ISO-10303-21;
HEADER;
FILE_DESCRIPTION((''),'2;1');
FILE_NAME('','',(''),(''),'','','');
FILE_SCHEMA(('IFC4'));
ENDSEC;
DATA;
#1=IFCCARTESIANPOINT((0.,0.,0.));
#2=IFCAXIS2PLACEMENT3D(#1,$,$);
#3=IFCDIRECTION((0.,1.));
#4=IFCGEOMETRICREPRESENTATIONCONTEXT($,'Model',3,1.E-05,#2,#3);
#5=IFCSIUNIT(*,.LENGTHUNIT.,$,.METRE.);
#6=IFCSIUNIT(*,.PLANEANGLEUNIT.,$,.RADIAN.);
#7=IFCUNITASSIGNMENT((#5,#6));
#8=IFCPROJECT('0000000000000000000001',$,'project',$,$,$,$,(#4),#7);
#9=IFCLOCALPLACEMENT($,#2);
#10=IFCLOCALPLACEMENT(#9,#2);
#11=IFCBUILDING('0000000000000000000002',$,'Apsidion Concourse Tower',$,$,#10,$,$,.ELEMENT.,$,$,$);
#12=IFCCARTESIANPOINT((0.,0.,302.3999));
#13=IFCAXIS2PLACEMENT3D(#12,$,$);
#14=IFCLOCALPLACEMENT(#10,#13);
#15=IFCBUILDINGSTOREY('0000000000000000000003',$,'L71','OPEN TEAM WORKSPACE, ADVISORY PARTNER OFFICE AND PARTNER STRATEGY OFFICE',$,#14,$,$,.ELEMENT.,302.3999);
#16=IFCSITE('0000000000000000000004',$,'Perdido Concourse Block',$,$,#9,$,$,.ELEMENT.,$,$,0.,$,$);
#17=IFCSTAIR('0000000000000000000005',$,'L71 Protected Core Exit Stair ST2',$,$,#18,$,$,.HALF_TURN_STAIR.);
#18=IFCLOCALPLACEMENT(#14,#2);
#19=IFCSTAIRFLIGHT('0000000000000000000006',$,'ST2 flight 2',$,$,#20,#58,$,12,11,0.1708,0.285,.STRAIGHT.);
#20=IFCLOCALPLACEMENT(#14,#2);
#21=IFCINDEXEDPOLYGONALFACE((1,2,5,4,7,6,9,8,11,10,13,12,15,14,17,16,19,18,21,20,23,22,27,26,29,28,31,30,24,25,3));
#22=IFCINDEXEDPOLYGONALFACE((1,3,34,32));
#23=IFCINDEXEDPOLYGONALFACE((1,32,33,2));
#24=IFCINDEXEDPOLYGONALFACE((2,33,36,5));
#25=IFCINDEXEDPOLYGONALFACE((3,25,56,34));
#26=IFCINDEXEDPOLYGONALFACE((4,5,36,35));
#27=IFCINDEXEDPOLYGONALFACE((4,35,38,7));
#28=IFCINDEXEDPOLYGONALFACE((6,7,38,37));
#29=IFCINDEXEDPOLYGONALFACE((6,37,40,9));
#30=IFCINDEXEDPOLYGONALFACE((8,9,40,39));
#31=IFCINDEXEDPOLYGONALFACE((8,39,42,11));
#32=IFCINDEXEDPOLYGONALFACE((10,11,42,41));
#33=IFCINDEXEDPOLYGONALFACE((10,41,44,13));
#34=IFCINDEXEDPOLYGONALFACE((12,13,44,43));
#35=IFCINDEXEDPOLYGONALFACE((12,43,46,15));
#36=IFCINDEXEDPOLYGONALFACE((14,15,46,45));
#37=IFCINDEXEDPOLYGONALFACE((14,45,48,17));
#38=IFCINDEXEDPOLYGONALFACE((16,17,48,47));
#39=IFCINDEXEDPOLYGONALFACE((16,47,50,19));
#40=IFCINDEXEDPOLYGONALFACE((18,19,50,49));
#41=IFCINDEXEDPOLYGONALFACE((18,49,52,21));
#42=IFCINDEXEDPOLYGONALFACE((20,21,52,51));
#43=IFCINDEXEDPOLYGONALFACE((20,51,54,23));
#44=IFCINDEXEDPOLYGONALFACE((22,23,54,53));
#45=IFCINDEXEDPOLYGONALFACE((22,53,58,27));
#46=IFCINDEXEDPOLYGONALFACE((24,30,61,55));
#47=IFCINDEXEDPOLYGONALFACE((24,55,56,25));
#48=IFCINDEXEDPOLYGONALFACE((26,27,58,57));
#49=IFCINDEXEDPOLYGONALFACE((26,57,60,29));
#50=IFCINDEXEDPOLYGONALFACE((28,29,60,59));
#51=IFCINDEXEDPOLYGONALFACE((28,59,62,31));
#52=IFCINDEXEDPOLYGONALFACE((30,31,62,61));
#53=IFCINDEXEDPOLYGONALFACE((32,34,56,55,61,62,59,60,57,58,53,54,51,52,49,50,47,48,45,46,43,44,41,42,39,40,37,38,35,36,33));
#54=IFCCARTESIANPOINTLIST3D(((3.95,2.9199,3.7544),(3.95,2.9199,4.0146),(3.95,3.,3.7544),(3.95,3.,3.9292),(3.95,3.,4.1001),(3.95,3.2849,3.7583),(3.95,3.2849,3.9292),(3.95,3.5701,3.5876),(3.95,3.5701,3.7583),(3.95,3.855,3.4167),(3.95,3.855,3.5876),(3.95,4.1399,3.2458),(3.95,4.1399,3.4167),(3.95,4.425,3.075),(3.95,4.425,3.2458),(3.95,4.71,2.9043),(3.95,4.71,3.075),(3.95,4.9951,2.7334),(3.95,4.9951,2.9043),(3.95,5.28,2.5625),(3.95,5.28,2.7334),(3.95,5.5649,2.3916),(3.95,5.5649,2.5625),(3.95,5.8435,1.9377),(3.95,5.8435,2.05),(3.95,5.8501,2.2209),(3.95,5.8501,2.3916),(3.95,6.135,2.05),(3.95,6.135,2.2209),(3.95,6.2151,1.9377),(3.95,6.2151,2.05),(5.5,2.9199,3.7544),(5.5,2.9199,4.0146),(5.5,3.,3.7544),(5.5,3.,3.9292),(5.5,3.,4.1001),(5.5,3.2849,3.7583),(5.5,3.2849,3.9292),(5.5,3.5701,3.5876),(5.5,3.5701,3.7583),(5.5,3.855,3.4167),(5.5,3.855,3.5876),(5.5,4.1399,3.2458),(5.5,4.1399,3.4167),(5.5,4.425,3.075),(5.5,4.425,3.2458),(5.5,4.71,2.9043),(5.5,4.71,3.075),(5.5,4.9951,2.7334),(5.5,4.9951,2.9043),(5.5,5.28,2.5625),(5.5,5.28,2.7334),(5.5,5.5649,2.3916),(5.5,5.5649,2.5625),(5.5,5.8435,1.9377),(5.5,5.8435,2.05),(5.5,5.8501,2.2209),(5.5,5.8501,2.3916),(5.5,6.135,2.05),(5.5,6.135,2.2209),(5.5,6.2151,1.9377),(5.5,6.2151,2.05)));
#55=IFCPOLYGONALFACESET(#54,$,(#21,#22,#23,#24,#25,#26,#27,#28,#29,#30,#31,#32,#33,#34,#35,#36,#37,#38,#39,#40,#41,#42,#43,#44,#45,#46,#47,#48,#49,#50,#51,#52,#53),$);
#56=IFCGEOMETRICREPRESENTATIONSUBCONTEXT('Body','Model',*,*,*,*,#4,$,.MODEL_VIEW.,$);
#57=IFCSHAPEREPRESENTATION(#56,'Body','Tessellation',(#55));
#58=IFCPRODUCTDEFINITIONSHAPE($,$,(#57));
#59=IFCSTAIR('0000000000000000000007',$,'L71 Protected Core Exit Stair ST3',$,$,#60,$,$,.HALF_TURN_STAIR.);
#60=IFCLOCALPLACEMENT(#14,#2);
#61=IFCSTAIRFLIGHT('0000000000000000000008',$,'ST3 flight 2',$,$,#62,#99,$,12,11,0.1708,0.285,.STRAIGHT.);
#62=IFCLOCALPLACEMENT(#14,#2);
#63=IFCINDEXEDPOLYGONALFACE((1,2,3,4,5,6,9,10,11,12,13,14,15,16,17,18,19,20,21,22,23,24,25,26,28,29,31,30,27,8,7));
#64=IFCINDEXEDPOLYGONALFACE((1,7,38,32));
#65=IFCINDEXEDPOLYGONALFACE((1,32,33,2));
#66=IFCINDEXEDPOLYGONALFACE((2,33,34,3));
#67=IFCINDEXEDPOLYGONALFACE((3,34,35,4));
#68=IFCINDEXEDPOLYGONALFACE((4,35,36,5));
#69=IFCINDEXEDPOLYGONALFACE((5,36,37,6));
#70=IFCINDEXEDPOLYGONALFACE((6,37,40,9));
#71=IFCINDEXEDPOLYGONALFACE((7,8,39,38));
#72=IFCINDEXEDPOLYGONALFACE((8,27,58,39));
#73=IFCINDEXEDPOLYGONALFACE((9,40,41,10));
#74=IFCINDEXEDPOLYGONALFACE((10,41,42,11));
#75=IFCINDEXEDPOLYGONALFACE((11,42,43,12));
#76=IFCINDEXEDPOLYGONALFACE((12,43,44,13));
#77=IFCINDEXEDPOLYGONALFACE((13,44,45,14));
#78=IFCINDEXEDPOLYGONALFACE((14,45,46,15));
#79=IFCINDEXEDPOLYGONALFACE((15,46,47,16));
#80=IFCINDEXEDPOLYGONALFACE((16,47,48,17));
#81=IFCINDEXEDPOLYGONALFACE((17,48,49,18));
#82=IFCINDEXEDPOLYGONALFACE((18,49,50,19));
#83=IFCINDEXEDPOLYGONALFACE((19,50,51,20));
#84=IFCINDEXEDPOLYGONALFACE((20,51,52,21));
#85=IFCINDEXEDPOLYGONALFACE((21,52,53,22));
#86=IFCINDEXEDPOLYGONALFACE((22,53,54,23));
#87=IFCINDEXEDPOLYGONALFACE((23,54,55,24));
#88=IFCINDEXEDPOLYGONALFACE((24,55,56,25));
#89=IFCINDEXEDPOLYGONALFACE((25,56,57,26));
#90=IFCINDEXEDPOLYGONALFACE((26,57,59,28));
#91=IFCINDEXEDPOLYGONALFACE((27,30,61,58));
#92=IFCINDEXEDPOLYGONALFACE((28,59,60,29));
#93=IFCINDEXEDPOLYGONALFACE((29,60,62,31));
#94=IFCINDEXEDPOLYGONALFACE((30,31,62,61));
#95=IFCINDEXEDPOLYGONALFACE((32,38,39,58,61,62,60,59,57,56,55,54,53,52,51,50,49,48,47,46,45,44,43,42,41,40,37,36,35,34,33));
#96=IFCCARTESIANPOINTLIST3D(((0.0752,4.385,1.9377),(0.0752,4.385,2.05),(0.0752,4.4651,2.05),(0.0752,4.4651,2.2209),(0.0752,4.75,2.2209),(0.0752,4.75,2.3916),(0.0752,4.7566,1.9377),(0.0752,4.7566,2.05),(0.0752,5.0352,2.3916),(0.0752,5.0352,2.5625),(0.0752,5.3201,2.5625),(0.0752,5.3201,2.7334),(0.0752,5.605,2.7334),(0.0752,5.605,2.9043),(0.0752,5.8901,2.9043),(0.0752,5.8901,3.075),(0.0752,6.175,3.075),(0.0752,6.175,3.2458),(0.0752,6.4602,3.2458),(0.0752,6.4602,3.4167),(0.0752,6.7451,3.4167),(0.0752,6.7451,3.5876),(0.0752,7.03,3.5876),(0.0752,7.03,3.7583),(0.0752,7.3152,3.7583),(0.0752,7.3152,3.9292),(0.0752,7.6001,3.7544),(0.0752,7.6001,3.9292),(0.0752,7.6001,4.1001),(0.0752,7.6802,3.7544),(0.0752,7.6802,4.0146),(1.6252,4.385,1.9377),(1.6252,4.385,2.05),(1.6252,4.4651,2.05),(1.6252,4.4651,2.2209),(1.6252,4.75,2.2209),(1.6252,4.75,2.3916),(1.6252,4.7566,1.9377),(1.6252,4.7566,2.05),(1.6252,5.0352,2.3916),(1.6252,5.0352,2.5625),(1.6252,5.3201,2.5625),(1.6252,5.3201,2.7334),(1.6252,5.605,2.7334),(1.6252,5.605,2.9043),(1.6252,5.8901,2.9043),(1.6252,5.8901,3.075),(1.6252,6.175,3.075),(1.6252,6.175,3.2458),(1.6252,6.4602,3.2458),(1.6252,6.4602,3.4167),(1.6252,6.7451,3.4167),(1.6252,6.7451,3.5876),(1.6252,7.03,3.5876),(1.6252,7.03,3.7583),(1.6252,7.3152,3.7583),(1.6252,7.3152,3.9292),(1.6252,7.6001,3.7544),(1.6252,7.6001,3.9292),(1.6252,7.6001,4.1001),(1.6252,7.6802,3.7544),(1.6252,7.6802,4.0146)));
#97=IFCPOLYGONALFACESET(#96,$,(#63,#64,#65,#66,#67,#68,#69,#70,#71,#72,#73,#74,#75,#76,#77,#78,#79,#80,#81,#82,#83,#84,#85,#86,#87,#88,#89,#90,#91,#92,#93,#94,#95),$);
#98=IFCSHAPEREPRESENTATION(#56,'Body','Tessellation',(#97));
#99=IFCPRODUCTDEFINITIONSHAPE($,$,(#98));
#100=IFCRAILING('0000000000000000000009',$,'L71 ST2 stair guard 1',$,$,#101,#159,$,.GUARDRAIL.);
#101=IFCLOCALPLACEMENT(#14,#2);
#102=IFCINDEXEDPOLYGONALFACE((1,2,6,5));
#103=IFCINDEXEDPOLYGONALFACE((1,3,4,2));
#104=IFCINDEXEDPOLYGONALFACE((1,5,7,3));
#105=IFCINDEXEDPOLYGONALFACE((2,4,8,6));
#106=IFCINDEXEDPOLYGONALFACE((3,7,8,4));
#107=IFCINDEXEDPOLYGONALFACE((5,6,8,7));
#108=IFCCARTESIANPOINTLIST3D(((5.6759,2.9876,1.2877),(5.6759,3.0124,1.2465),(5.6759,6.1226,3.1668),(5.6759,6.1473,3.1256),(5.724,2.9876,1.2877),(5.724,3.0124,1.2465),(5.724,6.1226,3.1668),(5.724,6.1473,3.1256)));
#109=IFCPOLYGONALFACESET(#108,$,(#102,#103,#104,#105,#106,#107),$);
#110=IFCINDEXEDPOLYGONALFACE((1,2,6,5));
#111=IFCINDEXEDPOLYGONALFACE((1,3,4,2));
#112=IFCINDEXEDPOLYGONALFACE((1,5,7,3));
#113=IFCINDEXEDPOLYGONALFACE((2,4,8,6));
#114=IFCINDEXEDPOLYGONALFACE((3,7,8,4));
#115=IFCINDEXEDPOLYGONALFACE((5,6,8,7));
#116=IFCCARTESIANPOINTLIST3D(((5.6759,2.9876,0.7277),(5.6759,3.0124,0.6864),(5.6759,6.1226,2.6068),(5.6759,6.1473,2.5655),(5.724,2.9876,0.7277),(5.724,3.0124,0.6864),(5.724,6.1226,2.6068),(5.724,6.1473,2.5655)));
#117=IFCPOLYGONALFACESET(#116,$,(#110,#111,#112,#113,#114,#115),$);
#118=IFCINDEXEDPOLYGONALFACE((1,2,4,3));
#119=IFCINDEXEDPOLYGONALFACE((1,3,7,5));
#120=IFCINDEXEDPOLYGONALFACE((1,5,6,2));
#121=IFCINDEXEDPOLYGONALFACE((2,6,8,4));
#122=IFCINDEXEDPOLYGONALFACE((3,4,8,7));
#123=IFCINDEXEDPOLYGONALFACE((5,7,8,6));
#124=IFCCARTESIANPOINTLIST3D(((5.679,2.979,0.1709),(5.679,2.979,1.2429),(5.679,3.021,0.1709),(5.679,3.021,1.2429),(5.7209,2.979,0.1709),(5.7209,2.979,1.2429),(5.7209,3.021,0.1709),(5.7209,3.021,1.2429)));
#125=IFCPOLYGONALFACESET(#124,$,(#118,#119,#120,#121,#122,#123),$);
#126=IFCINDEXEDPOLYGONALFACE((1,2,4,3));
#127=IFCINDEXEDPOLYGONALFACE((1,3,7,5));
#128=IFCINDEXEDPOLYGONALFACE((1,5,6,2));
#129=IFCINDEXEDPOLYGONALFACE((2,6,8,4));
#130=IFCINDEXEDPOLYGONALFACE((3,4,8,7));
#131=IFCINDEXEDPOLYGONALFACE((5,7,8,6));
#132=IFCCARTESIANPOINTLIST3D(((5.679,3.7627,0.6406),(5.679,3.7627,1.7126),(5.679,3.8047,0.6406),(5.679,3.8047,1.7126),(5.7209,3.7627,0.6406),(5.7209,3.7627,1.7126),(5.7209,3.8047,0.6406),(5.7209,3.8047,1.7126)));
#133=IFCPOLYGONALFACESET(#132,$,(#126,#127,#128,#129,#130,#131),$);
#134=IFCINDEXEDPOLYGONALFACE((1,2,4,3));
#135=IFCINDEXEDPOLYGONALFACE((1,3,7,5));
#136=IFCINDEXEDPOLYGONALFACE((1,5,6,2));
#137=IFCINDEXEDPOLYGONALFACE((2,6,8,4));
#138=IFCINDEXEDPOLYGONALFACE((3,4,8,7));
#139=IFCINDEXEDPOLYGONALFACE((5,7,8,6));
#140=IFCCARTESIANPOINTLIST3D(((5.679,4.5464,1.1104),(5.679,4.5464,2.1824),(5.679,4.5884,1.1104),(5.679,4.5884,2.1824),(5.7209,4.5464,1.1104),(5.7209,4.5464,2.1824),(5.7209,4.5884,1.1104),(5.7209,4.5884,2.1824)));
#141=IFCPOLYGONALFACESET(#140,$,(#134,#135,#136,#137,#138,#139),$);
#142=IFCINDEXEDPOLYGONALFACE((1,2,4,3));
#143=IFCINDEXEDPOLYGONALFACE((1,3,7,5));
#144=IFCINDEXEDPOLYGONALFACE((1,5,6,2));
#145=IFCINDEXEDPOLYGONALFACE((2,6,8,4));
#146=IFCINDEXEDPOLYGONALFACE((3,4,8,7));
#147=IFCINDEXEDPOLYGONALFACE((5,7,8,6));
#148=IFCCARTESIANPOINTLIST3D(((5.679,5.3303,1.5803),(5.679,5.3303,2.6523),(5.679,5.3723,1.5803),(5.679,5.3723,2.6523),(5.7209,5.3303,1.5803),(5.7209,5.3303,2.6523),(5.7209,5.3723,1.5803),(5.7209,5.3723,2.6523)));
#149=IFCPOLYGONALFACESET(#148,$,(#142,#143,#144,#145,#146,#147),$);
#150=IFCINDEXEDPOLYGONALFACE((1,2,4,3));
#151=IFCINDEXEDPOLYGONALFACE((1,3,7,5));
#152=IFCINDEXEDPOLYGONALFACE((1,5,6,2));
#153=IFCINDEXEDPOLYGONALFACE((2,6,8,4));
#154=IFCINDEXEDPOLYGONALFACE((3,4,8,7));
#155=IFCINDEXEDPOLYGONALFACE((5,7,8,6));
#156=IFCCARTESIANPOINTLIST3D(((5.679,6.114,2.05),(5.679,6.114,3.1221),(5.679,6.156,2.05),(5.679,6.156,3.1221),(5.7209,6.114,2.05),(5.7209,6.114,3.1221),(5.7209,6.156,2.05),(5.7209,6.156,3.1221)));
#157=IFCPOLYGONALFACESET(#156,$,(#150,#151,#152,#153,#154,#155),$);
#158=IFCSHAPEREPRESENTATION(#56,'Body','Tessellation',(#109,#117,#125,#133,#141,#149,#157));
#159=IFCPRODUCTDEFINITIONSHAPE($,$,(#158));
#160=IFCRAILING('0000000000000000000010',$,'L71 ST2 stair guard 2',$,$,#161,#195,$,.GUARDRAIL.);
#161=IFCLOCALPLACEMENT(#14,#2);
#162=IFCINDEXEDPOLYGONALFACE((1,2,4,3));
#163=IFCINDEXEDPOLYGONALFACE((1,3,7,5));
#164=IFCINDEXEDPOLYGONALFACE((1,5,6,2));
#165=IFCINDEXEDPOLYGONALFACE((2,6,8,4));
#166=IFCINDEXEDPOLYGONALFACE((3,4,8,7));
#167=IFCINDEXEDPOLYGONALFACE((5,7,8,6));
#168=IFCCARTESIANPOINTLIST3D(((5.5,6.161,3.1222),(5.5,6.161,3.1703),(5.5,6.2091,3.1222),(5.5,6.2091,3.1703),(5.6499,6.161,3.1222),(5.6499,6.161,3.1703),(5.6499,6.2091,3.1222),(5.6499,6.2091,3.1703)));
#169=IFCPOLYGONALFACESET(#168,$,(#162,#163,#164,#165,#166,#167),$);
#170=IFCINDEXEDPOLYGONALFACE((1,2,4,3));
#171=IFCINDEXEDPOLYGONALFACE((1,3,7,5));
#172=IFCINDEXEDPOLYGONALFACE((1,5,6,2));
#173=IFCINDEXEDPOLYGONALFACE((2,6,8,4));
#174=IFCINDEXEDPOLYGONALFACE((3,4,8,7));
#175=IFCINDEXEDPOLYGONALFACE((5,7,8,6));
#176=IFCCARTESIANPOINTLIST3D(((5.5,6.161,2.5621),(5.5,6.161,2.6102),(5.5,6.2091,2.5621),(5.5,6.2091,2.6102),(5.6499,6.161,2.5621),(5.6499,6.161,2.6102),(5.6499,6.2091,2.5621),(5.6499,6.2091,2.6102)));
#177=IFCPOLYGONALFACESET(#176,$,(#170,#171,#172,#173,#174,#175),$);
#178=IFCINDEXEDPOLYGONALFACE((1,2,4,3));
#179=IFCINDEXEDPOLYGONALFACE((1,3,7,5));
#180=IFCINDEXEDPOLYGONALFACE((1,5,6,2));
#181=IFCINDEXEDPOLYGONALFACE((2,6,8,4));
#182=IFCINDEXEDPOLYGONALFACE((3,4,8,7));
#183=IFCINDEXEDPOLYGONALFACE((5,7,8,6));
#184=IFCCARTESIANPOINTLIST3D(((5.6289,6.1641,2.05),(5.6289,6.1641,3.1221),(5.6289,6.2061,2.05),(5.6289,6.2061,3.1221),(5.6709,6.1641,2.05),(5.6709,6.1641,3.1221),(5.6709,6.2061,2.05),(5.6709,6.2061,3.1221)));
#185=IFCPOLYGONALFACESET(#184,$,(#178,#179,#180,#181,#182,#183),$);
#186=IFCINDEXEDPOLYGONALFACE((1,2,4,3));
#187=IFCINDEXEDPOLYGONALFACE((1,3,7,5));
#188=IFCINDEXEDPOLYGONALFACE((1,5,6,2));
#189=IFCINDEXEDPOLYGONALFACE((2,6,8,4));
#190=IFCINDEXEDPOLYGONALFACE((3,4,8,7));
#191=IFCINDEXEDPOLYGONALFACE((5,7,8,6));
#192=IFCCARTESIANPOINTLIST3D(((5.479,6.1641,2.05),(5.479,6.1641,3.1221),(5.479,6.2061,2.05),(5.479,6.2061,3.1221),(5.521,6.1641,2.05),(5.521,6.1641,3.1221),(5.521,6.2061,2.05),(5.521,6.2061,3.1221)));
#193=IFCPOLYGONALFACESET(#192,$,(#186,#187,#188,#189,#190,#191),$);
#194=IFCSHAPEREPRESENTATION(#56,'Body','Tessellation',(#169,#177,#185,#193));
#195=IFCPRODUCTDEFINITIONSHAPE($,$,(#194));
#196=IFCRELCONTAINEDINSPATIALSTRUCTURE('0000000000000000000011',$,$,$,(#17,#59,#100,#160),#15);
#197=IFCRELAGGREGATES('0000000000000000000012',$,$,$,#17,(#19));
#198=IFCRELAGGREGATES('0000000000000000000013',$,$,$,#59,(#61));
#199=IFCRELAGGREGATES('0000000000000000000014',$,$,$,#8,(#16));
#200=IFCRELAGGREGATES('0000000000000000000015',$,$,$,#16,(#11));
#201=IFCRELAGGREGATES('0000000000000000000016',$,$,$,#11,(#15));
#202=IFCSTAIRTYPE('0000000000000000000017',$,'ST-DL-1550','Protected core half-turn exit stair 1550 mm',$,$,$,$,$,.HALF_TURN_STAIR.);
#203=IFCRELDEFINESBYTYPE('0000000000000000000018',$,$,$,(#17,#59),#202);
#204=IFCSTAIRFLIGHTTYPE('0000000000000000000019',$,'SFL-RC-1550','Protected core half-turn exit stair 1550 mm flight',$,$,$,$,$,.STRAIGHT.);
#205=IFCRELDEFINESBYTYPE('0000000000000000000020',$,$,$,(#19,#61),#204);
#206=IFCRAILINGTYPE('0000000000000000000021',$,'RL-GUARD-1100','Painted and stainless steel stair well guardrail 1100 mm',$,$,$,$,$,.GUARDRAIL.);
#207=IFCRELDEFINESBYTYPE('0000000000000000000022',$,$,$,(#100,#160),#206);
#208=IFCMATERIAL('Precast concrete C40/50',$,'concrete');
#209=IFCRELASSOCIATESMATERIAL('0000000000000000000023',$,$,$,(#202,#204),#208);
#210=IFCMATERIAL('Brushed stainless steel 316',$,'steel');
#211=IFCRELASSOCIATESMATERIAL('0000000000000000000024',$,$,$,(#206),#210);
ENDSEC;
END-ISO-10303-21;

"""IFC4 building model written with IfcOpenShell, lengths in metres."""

from ifc_helpers import new_model, si_unit, direction, frame, origin, origin_2d, place, context, subcontext, project, spatial, polyline, rectangle, outline, extrude, material, type_object, element, aggregate, save


model = new_model("IFC4")

# Units and contexts
model_context = context("Model", 3, precision=1e-05, world=origin(), true_north=direction((0.0, 1.0)))
body_context = subcontext(model_context, "Body", "Model", "MODEL_VIEW")
ifc_project = project(units=[si_unit("LENGTHUNIT", "METRE"), si_unit("PLANEANGLEUNIT", "RADIAN")], contexts=[model_context])

# Site, building, storey
site_placement = place(None, origin())
site = spatial("IfcSite", under=ifc_project, at=site_placement, Name="Perdido Concourse Block", CompositionType="ELEMENT", RefElevation=0.0)
building_placement = place(site_placement, origin())
building = spatial("IfcBuilding", under=site, at=building_placement, Name="Apsidion Concourse Tower", CompositionType="ELEMENT")
storey_placement = place(building_placement, frame((0.0, 0.0, 302.3999)))
storey = spatial("IfcBuildingStorey", under=building, at=storey_placement, Name="L71", Description="OPEN TEAM WORKSPACE, ADVISORY PARTNER OFFICE AND PARTNER STRATEGY OFFICE", CompositionType="ELEMENT", Elevation=302.3999)

# Stair, stair flight
ifc_material_1 = material(Name="Precast concrete C40/50", Category="concrete")
stair_type = type_object("IfcStairType", Name="ST-DL-1550", Description="Protected core half-turn exit stair 1550 mm", PredefinedType="HALF_TURN_STAIR", material=ifc_material_1)
stair_1_placement = place(storey_placement, origin())
stair_1 = element("IfcStair", 1, at=stair_1_placement, inside=storey, type_object=stair_type, Name="L71 Protected Core Exit Stair ST2", PredefinedType="HALF_TURN_STAIR")
stair_flight_type = type_object("IfcStairFlightType", Name="SFL-RC-1550", Description="Protected core half-turn exit stair 1550 mm flight", PredefinedType="STRAIGHT", material=ifc_material_1)
stair_flight_1_placement = place(storey_placement, frame((4.7251, 6.135, 2.05), z_axis=(0.0, 0.0, 1.0), x_axis=(0.0, -1.0, 0.0)))
stair_flight_1 = element("IfcStairFlight", 2, at=stair_flight_1_placement, type_object=stair_flight_type, Name="ST2 flight 2", NumberOfRisers=12, NumberOfTreads=11, PredefinedType="STRAIGHT", RiserHeight=0.1708, TreadLength=0.285, context=body_context, shape_type="SweptSolid", body=[
    extrude(outline(polyline([(-0.0801, -0.1123), (-0.0801, 0.0), (0.0, 0.0), (0.0, 0.1709), (0.2849, 0.1709), (0.2849, 0.3416), (0.5701, 0.3416), (0.5701, 0.5125), (0.855, 0.5125), (0.855, 0.6833), (1.1399, 0.6833), (1.1399, 0.8542), (1.425, 0.8542), (1.425, 1.0249), (1.71, 1.0249), (1.71, 1.1958), (1.9951, 1.1958), (1.9951, 1.3667), (2.28, 1.3667), (2.28, 1.5376), (2.5649, 1.5376), (2.5649, 1.7083), (2.8501, 1.7083), (2.8501, 1.8792), (3.135, 1.8792), (3.135, 2.05), (3.2151, 1.9646), (3.2151, 1.7043), (3.135, 1.7043), (0.2915, 0.0), (0.2915, -0.1123), (-0.0801, -0.1123)])), frame((0.0, 0.7749, 0.0), z_axis=(0.0, -1.0, 0.0), x_axis=(1.0, 0.0, 0.0)), (0.0, 0.0, 1.0), 1.55),
])
aggregate(stair_1, [stair_flight_1])

# Stair, stair flight
stair_2_placement = place(storey_placement, origin())
stair_2 = element("IfcStair", 3, at=stair_2_placement, inside=storey, type_object=stair_type, Name="L71 Protected Core Exit Stair ST3", PredefinedType="HALF_TURN_STAIR")
stair_flight_2_placement = place(storey_placement, frame((0.8501, 4.4651, 2.05), z_axis=(0.0, 0.0, 1.0), x_axis=(0.0, 1.0, 0.0)))
stair_flight_2 = element("IfcStairFlight", 4, at=stair_flight_2_placement, type_object=stair_flight_type, Name="ST3 flight 2", NumberOfRisers=12, NumberOfTreads=11, PredefinedType="STRAIGHT", RiserHeight=0.1708, TreadLength=0.285, context=body_context, shape_type="SweptSolid", body=[
    extrude(outline(polyline([(-0.0801, -0.1123), (-0.0801, 0.0), (0.0, 0.0), (0.0, 0.1709), (0.2849, 0.1709), (0.2849, 0.3416), (0.5701, 0.3416), (0.5701, 0.5125), (0.855, 0.5125), (0.855, 0.6833), (1.1399, 0.6833), (1.1399, 0.8542), (1.425, 0.8542), (1.425, 1.0249), (1.71, 1.0249), (1.71, 1.1958), (1.9951, 1.1958), (1.9951, 1.3667), (2.28, 1.3667), (2.28, 1.5376), (2.5649, 1.5376), (2.5649, 1.7083), (2.8501, 1.7083), (2.8501, 1.8792), (3.135, 1.8792), (3.135, 2.05), (3.2151, 1.9646), (3.2151, 1.7043), (3.135, 1.7043), (0.2915, 0.0), (0.2915, -0.1123), (-0.0801, -0.1123)])), frame((0.0, 0.7749, 0.0), z_axis=(0.0, -1.0, 0.0), x_axis=(1.0, 0.0, 0.0)), (0.0, 0.0, 1.0), 1.55),
])
aggregate(stair_2, [stair_flight_2])

# Railings
ifc_material_2 = material(Name="Brushed stainless steel 316", Category="steel")
railing_type_1 = type_object("IfcRailingType", Name="RL-GUARD-1100", Description="Painted and stainless steel stair well guardrail 1100 mm", PredefinedType="GUARDRAIL", material=ifc_material_2)
railing_1_placement = place(storey_placement, frame((5.7, 3.0, 0.1709)))
element("IfcRailing", 5, at=railing_1_placement, inside=storey, type_object=railing_type_1, Name="L71 ST2 stair guard 1", PredefinedType="GUARDRAIL", context=body_context, shape_type="SweptSolid", body=[
    extrude(rectangle(XDim=0.0481, YDim=0.0481, at=origin_2d()), frame((0.0, 0.0, 1.0962), z_axis=(0.0, 0.857717, 0.514122), x_axis=(-1.0, 0.0, 0.0)), (0.0, 0.0, 1.0), 3.655),
    extrude(rectangle(XDim=0.0481, YDim=0.0481, at=origin_2d()), frame((0.0, 0.0, 0.5361), z_axis=(0.0, 0.857717, 0.514122), x_axis=(-1.0, 0.0, 0.0)), (0.0, 0.0, 1.0), 3.655),
    extrude(rectangle(XDim=0.042, YDim=0.042, at=origin_2d()), origin(), (0.0, 0.0, 1.0), 1.072),
    extrude(rectangle(XDim=0.042, YDim=0.042, at=origin_2d()), frame((0.0, 0.7837, 0.4697)), (0.0, 0.0, 1.0), 1.072),
    extrude(rectangle(XDim=0.042, YDim=0.042, at=origin_2d()), frame((0.0, 1.5674, 0.9395)), (0.0, 0.0, 1.0), 1.072),
    extrude(rectangle(XDim=0.042, YDim=0.042, at=origin_2d()), frame((0.0, 2.3513, 1.4094)), (0.0, 0.0, 1.0), 1.072),
    extrude(rectangle(XDim=0.042, YDim=0.042, at=origin_2d()), frame((0.0, 3.135, 1.8792)), (0.0, 0.0, 1.0), 1.072),
])
railing_2_placement = place(storey_placement, frame((5.6499, 6.1851, 2.05)))
element("IfcRailing", 6, at=railing_2_placement, inside=storey, type_object=railing_type_1, Name="L71 ST2 stair guard 2", PredefinedType="GUARDRAIL", context=body_context, shape_type="SweptSolid", body=[
    extrude(rectangle(XDim=0.0481, YDim=0.0481, at=origin_2d()), frame((0.0, 0.0, 1.0962), z_axis=(-1.0, 0.0, 0.0), x_axis=(0.0, -1.0, 0.0)), (0.0, 0.0, 1.0), 0.1499),
    extrude(rectangle(XDim=0.0481, YDim=0.0481, at=origin_2d()), frame((0.0, 0.0, 0.5361), z_axis=(-1.0, 0.0, 0.0), x_axis=(0.0, -1.0, 0.0)), (0.0, 0.0, 1.0), 0.1499),
    extrude(rectangle(XDim=0.042, YDim=0.042, at=origin_2d()), origin(), (0.0, 0.0, 1.0), 1.072),
    extrude(rectangle(XDim=0.042, YDim=0.042, at=origin_2d()), frame((-0.1499, 0.0, 0.0)), (0.0, 0.0, 1.0), 1.072),
])

save(model, "model.ifc")
